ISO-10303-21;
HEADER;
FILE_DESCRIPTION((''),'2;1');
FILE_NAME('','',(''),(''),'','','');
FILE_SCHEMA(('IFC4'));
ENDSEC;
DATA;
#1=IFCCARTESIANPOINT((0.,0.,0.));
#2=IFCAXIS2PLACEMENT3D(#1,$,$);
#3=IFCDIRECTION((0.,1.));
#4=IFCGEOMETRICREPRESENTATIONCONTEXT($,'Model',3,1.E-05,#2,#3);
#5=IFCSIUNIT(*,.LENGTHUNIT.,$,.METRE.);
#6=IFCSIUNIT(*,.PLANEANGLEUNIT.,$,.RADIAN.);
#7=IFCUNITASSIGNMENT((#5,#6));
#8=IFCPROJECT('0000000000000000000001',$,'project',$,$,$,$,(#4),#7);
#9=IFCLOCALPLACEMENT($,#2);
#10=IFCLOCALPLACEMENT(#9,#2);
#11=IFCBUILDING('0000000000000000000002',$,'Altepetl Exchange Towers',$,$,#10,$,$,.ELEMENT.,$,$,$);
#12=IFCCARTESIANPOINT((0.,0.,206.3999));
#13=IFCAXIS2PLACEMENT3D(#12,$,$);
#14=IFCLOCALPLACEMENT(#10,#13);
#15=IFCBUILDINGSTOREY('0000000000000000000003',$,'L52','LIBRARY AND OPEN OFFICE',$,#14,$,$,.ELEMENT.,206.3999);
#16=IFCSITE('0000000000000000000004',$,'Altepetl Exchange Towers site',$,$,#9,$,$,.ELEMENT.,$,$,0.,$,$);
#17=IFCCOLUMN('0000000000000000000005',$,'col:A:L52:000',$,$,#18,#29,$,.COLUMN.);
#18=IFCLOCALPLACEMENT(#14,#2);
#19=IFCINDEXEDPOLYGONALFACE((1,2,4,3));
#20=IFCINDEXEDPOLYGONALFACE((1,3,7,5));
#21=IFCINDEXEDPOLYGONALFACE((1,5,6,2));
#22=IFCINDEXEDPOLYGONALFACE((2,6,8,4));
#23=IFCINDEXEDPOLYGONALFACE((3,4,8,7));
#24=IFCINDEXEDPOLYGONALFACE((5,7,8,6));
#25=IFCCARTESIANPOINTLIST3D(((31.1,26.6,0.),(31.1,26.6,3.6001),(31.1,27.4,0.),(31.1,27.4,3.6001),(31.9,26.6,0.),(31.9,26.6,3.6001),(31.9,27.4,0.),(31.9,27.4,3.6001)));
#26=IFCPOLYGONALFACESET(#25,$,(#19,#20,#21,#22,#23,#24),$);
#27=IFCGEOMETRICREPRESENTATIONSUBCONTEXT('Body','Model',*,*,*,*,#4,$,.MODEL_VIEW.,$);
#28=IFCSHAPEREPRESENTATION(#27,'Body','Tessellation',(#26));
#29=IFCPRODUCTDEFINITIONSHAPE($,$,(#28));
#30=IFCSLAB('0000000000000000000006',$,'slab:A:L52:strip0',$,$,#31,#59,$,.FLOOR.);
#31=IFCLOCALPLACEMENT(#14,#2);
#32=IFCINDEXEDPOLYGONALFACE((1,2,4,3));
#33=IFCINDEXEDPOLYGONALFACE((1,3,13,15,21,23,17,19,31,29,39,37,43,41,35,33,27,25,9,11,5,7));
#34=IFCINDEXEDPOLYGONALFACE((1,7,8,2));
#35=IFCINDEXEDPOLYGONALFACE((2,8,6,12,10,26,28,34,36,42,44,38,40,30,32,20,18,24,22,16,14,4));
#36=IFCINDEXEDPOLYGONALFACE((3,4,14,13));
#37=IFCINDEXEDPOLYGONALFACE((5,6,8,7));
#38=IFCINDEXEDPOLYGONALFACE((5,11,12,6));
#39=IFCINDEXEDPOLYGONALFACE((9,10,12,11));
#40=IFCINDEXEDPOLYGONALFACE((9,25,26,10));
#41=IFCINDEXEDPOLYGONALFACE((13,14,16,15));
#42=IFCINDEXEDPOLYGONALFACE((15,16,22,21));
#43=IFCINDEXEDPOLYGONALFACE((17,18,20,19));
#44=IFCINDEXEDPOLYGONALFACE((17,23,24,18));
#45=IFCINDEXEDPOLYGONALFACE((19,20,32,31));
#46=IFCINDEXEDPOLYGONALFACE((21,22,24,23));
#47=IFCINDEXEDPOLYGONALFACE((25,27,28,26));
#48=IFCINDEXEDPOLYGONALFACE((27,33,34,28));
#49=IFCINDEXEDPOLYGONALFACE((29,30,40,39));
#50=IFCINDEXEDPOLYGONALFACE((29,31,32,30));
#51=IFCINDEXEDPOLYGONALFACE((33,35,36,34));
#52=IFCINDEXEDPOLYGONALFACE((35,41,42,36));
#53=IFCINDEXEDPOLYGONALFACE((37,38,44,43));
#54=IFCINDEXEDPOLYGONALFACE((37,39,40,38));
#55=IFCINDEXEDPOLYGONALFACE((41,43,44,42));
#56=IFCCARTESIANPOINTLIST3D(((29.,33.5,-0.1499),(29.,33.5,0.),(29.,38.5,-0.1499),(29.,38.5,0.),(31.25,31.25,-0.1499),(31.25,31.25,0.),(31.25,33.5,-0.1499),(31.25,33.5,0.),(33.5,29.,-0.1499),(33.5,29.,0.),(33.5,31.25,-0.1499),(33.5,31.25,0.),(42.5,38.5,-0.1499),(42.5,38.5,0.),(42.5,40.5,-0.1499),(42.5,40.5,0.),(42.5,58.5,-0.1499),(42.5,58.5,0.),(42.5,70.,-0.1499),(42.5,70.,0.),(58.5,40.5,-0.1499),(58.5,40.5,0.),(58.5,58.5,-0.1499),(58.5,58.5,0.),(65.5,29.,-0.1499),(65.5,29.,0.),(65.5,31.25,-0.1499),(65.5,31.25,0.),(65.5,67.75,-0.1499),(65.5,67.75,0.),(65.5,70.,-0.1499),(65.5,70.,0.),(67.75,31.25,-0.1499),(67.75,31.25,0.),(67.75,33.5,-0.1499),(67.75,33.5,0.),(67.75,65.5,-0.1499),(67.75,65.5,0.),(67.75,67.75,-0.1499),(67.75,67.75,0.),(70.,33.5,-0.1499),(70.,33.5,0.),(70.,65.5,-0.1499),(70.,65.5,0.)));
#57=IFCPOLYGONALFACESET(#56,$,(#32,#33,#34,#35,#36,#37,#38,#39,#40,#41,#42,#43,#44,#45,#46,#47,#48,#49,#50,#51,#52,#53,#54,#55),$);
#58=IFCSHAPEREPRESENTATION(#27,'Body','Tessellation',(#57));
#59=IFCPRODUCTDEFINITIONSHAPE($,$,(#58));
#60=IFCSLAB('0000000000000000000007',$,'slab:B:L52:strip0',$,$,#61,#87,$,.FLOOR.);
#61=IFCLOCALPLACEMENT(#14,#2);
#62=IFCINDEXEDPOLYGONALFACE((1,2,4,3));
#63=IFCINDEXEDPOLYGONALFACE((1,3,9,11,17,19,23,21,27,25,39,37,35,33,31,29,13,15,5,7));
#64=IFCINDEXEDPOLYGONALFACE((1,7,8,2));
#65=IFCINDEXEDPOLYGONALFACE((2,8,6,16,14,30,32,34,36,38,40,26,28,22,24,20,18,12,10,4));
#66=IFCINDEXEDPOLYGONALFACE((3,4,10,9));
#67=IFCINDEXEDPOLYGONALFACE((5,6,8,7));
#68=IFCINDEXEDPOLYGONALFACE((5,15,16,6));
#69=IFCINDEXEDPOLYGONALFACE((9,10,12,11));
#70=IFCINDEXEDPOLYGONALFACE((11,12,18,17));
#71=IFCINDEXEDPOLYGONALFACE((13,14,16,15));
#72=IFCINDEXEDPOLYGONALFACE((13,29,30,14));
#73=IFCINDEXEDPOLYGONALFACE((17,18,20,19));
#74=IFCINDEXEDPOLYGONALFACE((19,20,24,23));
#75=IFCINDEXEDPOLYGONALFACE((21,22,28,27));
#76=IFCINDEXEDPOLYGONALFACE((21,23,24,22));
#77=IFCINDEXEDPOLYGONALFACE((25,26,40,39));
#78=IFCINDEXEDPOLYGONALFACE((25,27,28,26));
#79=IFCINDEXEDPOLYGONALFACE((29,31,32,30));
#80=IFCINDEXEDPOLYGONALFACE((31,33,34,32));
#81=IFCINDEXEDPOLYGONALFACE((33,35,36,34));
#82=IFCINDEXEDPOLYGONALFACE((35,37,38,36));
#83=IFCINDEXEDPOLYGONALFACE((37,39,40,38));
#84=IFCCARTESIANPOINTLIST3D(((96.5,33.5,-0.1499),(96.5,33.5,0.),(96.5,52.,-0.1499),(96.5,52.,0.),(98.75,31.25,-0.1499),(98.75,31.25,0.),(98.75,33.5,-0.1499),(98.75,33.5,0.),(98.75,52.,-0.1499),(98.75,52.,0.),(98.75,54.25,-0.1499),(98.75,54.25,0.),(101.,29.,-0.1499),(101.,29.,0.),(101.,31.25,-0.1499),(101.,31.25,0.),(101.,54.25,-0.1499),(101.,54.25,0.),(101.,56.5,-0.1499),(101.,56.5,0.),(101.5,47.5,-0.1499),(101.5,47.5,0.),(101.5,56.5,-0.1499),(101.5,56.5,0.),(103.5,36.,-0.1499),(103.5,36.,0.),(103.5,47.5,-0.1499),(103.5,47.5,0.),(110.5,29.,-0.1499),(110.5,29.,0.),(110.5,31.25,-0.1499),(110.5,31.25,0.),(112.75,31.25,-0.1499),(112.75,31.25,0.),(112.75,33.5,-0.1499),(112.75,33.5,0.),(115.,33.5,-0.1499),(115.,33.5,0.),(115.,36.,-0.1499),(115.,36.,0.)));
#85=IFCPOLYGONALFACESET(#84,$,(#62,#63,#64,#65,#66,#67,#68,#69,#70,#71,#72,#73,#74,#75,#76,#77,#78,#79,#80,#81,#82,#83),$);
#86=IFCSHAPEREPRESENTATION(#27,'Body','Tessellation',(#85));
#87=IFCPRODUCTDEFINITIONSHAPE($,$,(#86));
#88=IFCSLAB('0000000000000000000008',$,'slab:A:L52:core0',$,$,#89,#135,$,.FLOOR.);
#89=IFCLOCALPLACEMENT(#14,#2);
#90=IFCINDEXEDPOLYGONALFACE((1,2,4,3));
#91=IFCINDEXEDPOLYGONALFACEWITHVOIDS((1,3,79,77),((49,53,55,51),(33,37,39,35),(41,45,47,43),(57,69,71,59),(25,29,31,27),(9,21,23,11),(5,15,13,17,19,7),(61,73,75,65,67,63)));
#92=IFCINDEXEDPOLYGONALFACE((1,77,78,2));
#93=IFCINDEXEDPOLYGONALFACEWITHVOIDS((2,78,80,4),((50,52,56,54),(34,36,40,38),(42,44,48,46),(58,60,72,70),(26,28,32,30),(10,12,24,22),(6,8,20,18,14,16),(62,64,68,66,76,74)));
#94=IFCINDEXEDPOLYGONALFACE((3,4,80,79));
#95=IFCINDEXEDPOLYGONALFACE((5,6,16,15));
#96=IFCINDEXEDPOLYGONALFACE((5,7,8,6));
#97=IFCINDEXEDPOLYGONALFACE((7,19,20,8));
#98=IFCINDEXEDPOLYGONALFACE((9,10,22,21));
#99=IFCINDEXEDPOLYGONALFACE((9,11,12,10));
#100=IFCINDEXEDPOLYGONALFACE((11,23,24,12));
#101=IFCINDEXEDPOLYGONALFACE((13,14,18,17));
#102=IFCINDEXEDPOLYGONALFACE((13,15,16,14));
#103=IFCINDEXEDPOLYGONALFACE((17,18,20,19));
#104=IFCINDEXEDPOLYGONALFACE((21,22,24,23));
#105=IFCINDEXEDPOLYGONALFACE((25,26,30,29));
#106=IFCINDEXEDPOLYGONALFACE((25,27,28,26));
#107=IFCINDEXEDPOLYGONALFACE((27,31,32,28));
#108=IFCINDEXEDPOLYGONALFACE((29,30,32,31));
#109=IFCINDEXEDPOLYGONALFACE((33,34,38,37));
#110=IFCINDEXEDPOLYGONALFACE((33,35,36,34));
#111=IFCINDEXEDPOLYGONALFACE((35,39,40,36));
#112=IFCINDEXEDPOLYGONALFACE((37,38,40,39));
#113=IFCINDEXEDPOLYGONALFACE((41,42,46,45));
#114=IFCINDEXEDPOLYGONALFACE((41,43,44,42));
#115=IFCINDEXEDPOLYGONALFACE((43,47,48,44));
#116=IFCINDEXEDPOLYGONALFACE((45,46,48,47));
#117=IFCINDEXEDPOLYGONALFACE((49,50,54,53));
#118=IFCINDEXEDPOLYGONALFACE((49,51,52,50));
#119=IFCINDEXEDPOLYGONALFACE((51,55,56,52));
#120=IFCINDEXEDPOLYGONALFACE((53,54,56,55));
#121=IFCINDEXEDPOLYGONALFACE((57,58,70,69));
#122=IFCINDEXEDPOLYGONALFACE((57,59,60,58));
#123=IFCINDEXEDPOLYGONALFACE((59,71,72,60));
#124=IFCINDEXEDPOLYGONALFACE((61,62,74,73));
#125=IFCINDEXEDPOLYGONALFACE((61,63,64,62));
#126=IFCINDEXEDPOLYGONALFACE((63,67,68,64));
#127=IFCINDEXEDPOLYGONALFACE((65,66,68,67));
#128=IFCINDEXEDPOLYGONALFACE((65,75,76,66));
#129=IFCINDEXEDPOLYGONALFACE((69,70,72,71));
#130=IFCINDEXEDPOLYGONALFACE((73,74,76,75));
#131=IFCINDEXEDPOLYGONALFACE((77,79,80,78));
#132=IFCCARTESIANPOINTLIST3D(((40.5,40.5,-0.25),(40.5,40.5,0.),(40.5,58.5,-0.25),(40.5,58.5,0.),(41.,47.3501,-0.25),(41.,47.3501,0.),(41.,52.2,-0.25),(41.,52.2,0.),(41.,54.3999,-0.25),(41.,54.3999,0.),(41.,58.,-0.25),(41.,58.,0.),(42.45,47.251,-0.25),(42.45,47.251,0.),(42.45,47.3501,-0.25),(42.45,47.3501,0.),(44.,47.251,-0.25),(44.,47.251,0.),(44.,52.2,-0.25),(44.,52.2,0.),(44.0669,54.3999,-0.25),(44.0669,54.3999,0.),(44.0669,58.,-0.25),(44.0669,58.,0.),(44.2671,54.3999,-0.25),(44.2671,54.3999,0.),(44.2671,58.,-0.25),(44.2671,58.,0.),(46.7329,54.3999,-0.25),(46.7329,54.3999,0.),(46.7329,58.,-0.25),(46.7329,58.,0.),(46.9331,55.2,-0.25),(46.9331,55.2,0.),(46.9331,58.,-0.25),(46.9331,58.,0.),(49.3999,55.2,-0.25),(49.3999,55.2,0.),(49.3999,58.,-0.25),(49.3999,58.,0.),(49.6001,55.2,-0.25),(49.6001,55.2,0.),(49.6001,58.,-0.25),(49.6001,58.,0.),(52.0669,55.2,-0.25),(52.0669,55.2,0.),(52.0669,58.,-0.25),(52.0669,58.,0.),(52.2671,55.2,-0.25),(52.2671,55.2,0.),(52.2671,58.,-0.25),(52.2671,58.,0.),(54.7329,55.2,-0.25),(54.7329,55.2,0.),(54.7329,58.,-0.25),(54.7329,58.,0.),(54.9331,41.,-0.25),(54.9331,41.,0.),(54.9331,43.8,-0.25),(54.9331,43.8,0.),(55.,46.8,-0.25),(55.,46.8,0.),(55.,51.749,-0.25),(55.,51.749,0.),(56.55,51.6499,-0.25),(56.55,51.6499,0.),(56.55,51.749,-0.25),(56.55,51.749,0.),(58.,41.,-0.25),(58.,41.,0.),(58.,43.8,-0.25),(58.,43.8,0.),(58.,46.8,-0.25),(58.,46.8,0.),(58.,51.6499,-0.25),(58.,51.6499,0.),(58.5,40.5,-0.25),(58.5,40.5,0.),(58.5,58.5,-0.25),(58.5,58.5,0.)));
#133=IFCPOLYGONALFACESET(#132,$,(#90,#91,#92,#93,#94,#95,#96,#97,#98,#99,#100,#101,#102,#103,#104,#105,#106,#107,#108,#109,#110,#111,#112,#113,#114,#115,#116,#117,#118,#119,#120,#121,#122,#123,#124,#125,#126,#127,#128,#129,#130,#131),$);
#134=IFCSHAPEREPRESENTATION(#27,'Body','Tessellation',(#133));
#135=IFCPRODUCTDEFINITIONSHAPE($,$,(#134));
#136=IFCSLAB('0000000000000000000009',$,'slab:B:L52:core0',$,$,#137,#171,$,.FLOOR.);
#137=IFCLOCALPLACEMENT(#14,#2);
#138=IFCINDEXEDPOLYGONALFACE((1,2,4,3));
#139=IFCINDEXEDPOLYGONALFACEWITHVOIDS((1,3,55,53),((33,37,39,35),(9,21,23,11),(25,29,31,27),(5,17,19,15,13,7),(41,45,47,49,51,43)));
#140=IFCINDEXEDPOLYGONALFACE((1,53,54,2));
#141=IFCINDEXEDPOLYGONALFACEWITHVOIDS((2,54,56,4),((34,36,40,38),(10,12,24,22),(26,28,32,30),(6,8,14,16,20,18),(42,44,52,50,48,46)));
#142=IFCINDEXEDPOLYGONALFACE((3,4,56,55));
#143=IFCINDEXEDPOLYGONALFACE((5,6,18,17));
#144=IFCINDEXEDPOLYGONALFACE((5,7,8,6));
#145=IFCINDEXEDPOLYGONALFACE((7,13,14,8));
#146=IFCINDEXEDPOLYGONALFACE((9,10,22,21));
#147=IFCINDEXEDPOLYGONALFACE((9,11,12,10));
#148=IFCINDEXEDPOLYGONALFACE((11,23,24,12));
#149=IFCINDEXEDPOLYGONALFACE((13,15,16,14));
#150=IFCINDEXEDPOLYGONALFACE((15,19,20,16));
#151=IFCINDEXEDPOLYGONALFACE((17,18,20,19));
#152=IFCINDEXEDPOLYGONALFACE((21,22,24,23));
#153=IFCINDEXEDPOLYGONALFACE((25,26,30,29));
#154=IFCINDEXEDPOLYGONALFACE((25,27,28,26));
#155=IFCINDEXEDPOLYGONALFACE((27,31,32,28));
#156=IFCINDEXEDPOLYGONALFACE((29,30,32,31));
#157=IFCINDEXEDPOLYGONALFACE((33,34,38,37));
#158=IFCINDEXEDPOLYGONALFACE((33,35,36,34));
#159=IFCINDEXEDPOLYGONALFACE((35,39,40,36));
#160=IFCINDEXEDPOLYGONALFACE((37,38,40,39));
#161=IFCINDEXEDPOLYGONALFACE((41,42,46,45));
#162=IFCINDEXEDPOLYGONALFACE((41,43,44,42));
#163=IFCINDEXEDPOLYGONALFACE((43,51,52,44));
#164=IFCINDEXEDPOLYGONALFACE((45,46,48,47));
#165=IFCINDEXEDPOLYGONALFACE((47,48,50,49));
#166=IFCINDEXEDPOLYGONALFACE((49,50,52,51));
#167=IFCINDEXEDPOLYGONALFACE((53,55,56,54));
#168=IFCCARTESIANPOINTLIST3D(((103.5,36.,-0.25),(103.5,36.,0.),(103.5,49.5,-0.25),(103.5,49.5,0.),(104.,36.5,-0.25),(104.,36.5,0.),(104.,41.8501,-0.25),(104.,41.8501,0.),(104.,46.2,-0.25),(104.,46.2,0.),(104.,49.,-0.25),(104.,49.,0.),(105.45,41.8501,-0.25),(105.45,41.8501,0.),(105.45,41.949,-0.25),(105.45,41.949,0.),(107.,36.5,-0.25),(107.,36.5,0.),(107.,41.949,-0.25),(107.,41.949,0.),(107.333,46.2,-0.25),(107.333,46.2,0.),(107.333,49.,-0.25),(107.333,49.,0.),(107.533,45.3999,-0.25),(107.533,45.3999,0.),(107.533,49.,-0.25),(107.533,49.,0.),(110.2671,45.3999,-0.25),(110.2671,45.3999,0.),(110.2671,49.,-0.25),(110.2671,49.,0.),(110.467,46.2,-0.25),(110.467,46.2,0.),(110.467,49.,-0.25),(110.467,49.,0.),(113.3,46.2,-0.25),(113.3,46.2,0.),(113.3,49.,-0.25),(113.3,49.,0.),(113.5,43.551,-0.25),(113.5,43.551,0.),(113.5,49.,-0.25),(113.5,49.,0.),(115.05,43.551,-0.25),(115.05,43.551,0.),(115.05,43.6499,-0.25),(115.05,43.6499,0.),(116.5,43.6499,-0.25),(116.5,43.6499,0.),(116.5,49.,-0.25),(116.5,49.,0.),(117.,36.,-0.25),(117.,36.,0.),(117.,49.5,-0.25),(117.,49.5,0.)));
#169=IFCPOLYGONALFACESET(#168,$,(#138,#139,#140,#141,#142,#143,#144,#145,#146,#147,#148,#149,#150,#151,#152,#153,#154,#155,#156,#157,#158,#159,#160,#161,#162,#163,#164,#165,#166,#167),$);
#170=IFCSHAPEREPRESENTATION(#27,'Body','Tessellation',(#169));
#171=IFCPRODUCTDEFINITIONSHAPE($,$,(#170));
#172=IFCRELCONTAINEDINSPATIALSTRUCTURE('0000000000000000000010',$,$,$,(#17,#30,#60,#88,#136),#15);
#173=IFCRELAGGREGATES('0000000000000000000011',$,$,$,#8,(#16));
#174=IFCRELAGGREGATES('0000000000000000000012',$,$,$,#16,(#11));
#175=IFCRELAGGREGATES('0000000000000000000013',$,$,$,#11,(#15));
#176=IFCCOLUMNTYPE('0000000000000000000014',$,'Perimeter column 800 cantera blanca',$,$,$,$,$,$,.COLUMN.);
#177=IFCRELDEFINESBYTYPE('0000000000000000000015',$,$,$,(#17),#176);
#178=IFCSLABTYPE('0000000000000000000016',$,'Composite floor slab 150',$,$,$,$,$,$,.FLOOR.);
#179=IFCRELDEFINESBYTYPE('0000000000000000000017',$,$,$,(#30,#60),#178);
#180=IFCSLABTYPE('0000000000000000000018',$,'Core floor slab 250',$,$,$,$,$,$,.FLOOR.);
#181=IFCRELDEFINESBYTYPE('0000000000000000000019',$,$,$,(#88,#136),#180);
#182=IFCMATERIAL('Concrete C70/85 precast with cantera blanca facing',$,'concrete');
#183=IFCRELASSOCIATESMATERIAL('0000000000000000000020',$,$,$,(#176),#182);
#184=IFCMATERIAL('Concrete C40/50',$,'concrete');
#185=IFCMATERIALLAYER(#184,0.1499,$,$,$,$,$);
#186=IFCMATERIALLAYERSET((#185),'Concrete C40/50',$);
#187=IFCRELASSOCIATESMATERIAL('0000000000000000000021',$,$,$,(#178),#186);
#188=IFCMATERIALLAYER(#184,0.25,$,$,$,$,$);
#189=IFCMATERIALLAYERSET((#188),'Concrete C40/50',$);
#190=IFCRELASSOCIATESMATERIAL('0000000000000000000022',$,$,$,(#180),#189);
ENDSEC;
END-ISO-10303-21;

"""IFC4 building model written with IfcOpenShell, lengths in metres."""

from ifc_helpers import new_model, si_unit, direction, frame, origin, origin_2d, place, context, subcontext, project, spatial, polyline, rectangle, outline, extrude, material, layer, layer_set, material_profile, profile_set, type_object, element, save


model = new_model("IFC4")

# Units and contexts
model_context = context("Model", 3, precision=1e-05, world=origin(), true_north=direction((0.0, 1.0)))
body_context = subcontext(model_context, "Body", "Model", "MODEL_VIEW")
ifc_project = project(units=[si_unit("LENGTHUNIT", "METRE"), si_unit("PLANEANGLEUNIT", "RADIAN")], contexts=[model_context])

# Site, building, storey
site_placement = place(None, origin())
site = spatial("IfcSite", under=ifc_project, at=site_placement, Name="Altepetl Exchange Towers site", CompositionType="ELEMENT", RefElevation=0.0)
building_placement = place(site_placement, origin())
building = spatial("IfcBuilding", under=site, at=building_placement, Name="Altepetl Exchange Towers", CompositionType="ELEMENT")
storey_placement = place(building_placement, frame((0.0, 0.0, 206.3999)))
storey = spatial("IfcBuildingStorey", under=building, at=storey_placement, Name="L52", Description="LIBRARY AND OPEN OFFICE", CompositionType="ELEMENT", Elevation=206.3999)

# Column
ifc_material_1 = material(Name="Concrete C70/85 precast with cantera blanca facing", Category="concrete")
ifc_material_profile = material_profile(ifc_material_1, rectangle(XDim=0.8, YDim=0.8, at=origin_2d()), Name="800 x 800")
ifc_profile_set = profile_set([ifc_material_profile], Name="Concrete C70/85 precast with cantera blanca facing")
column_type = type_object("IfcColumnType", Name="Perimeter column 800 cantera blanca", PredefinedType="COLUMN", material=ifc_profile_set)
column_placement = place(storey_placement, frame((31.5, 27.0, 0.0)))
element("IfcColumn", 1, at=column_placement, inside=storey, type_object=column_type, Name="col:A:L52:000", PredefinedType="COLUMN", context=body_context, shape_type="SweptSolid", body=[
    extrude(rectangle(XDim=0.8, YDim=0.8, at=origin_2d()), origin(), (0.0, 0.0, 1.0), 3.6001),
])

# Slabs
ifc_material_2 = material(Name="Concrete C40/50", Category="concrete")
ifc_layer_1 = layer(ifc_material_2, 0.1499)
ifc_layer_set_1 = layer_set([ifc_layer_1], Name="Concrete C40/50")
slab_type_1 = type_object("IfcSlabType", Name="Composite floor slab 150", PredefinedType="FLOOR", material=ifc_layer_set_1)
slab_1_placement = place(storey_placement, frame((0.0, 0.0, -0.1499)))
element("IfcSlab", 2, at=slab_1_placement, inside=storey, type_object=slab_type_1, Name="slab:A:L52:strip0", PredefinedType="FLOOR", context=body_context, shape_type="SweptSolid", body=[
    extrude(outline(polyline([(42.5, 70.0), (42.5, 58.5), (58.5, 58.5), (58.5, 40.5), (42.5, 40.5), (42.5, 38.5), (29.0, 38.5), (29.0, 33.5), (31.25, 33.5), (31.25, 31.25), (33.5, 31.25), (33.5, 29.0), (65.5, 29.0), (65.5, 31.25), (67.75, 31.25), (67.75, 33.5), (70.0, 33.5), (70.0, 65.5), (67.75, 65.5), (67.75, 67.75), (65.5, 67.75), (65.5, 70.0), (42.5, 70.0)])), origin(), (0.0, 0.0, 1.0), 0.1499),
])
slab_2_placement = place(storey_placement, frame((0.0, 0.0, -0.1499)))
element("IfcSlab", 3, at=slab_2_placement, inside=storey, type_object=slab_type_1, Name="slab:B:L52:strip0", PredefinedType="FLOOR", context=body_context, shape_type="SweptSolid", body=[
    extrude(outline(polyline([(98.75, 31.25), (101.0, 31.25), (101.0, 29.0), (110.5, 29.0), (110.5, 31.25), (112.75, 31.25), (112.75, 33.5), (115.0, 33.5), (115.0, 36.0), (103.5, 36.0), (103.5, 47.5), (101.5, 47.5), (101.5, 56.5), (101.0, 56.5), (101.0, 54.25), (98.75, 54.25), (98.75, 52.0), (96.5, 52.0), (96.5, 33.5), (98.75, 33.5), (98.75, 31.25)])), origin(), (0.0, 0.0, 1.0), 0.1499),
])
ifc_layer_2 = layer(ifc_material_2, 0.25)
ifc_layer_set_2 = layer_set([ifc_layer_2], Name="Concrete C40/50")
slab_type_2 = type_object("IfcSlabType", Name="Core floor slab 250", PredefinedType="FLOOR", material=ifc_layer_set_2)
slab_3_placement = place(storey_placement, frame((0.0, 0.0, -0.25)))
element("IfcSlab", 4, at=slab_3_placement, inside=storey, type_object=slab_type_2, Name="slab:A:L52:core0", PredefinedType="FLOOR", context=body_context, shape_type="SweptSolid", body=[
    extrude(outline(polyline([(40.5, 40.5), (58.5, 40.5), (58.5, 58.5), (40.5, 58.5), (40.5, 40.5)]), holes=[polyline([(54.9331, 43.8), (58.0, 43.8), (58.0, 41.0), (54.9331, 41.0), (54.9331, 43.8)]), polyline([(55.0, 51.749), (56.55, 51.749), (56.55, 51.6499), (58.0, 51.6499), (58.0, 46.8), (55.0, 46.8), (55.0, 51.749)]), polyline([(44.0, 47.251), (42.45, 47.251), (42.45, 47.3501), (41.0, 47.3501), (41.0, 52.2), (44.0, 52.2), (44.0, 47.251)]), polyline([(41.0, 58.0), (44.0669, 58.0), (44.0669, 54.3999), (41.0, 54.3999), (41.0, 58.0)]), polyline([(44.2671, 58.0), (46.7329, 58.0), (46.7329, 54.3999), (44.2671, 54.3999), (44.2671, 58.0)]), polyline([(46.9331, 58.0), (49.3999, 58.0), (49.3999, 55.2), (46.9331, 55.2), (46.9331, 58.0)]), polyline([(49.6001, 58.0), (52.0669, 58.0), (52.0669, 55.2), (49.6001, 55.2), (49.6001, 58.0)]), polyline([(52.2671, 58.0), (54.7329, 58.0), (54.7329, 55.2), (52.2671, 55.2), (52.2671, 58.0)])]), origin(), (0.0, 0.0, 1.0), 0.25),
])
slab_4_placement = place(storey_placement, frame((0.0, 0.0, -0.25)))
element("IfcSlab", 5, at=slab_4_placement, inside=storey, type_object=slab_type_2, Name="slab:B:L52:core0", PredefinedType="FLOOR", context=body_context, shape_type="SweptSolid", body=[
    extrude(outline(polyline([(103.5, 36.0), (117.0, 36.0), (117.0, 49.5), (103.5, 49.5), (103.5, 36.0)]), holes=[polyline([(107.0, 36.5), (104.0, 36.5), (104.0, 41.8501), (105.45, 41.8501), (105.45, 41.949), (107.0, 41.949), (107.0, 36.5)]), polyline([(113.5, 49.0), (116.5, 49.0), (116.5, 43.6499), (115.05, 43.6499), (115.05, 43.551), (113.5, 43.551), (113.5, 49.0)]), polyline([(107.533, 45.3999), (107.533, 49.0), (110.2671, 49.0), (110.2671, 45.3999), (107.533, 45.3999)]), polyline([(104.0, 49.0), (107.333, 49.0), (107.333, 46.2), (104.0, 46.2), (104.0, 49.0)]), polyline([(110.467, 49.0), (113.3, 49.0), (113.3, 46.2), (110.467, 46.2), (110.467, 49.0)])]), origin(), (0.0, 0.0, 1.0), 0.25),
])

save(model, "model.ifc")
